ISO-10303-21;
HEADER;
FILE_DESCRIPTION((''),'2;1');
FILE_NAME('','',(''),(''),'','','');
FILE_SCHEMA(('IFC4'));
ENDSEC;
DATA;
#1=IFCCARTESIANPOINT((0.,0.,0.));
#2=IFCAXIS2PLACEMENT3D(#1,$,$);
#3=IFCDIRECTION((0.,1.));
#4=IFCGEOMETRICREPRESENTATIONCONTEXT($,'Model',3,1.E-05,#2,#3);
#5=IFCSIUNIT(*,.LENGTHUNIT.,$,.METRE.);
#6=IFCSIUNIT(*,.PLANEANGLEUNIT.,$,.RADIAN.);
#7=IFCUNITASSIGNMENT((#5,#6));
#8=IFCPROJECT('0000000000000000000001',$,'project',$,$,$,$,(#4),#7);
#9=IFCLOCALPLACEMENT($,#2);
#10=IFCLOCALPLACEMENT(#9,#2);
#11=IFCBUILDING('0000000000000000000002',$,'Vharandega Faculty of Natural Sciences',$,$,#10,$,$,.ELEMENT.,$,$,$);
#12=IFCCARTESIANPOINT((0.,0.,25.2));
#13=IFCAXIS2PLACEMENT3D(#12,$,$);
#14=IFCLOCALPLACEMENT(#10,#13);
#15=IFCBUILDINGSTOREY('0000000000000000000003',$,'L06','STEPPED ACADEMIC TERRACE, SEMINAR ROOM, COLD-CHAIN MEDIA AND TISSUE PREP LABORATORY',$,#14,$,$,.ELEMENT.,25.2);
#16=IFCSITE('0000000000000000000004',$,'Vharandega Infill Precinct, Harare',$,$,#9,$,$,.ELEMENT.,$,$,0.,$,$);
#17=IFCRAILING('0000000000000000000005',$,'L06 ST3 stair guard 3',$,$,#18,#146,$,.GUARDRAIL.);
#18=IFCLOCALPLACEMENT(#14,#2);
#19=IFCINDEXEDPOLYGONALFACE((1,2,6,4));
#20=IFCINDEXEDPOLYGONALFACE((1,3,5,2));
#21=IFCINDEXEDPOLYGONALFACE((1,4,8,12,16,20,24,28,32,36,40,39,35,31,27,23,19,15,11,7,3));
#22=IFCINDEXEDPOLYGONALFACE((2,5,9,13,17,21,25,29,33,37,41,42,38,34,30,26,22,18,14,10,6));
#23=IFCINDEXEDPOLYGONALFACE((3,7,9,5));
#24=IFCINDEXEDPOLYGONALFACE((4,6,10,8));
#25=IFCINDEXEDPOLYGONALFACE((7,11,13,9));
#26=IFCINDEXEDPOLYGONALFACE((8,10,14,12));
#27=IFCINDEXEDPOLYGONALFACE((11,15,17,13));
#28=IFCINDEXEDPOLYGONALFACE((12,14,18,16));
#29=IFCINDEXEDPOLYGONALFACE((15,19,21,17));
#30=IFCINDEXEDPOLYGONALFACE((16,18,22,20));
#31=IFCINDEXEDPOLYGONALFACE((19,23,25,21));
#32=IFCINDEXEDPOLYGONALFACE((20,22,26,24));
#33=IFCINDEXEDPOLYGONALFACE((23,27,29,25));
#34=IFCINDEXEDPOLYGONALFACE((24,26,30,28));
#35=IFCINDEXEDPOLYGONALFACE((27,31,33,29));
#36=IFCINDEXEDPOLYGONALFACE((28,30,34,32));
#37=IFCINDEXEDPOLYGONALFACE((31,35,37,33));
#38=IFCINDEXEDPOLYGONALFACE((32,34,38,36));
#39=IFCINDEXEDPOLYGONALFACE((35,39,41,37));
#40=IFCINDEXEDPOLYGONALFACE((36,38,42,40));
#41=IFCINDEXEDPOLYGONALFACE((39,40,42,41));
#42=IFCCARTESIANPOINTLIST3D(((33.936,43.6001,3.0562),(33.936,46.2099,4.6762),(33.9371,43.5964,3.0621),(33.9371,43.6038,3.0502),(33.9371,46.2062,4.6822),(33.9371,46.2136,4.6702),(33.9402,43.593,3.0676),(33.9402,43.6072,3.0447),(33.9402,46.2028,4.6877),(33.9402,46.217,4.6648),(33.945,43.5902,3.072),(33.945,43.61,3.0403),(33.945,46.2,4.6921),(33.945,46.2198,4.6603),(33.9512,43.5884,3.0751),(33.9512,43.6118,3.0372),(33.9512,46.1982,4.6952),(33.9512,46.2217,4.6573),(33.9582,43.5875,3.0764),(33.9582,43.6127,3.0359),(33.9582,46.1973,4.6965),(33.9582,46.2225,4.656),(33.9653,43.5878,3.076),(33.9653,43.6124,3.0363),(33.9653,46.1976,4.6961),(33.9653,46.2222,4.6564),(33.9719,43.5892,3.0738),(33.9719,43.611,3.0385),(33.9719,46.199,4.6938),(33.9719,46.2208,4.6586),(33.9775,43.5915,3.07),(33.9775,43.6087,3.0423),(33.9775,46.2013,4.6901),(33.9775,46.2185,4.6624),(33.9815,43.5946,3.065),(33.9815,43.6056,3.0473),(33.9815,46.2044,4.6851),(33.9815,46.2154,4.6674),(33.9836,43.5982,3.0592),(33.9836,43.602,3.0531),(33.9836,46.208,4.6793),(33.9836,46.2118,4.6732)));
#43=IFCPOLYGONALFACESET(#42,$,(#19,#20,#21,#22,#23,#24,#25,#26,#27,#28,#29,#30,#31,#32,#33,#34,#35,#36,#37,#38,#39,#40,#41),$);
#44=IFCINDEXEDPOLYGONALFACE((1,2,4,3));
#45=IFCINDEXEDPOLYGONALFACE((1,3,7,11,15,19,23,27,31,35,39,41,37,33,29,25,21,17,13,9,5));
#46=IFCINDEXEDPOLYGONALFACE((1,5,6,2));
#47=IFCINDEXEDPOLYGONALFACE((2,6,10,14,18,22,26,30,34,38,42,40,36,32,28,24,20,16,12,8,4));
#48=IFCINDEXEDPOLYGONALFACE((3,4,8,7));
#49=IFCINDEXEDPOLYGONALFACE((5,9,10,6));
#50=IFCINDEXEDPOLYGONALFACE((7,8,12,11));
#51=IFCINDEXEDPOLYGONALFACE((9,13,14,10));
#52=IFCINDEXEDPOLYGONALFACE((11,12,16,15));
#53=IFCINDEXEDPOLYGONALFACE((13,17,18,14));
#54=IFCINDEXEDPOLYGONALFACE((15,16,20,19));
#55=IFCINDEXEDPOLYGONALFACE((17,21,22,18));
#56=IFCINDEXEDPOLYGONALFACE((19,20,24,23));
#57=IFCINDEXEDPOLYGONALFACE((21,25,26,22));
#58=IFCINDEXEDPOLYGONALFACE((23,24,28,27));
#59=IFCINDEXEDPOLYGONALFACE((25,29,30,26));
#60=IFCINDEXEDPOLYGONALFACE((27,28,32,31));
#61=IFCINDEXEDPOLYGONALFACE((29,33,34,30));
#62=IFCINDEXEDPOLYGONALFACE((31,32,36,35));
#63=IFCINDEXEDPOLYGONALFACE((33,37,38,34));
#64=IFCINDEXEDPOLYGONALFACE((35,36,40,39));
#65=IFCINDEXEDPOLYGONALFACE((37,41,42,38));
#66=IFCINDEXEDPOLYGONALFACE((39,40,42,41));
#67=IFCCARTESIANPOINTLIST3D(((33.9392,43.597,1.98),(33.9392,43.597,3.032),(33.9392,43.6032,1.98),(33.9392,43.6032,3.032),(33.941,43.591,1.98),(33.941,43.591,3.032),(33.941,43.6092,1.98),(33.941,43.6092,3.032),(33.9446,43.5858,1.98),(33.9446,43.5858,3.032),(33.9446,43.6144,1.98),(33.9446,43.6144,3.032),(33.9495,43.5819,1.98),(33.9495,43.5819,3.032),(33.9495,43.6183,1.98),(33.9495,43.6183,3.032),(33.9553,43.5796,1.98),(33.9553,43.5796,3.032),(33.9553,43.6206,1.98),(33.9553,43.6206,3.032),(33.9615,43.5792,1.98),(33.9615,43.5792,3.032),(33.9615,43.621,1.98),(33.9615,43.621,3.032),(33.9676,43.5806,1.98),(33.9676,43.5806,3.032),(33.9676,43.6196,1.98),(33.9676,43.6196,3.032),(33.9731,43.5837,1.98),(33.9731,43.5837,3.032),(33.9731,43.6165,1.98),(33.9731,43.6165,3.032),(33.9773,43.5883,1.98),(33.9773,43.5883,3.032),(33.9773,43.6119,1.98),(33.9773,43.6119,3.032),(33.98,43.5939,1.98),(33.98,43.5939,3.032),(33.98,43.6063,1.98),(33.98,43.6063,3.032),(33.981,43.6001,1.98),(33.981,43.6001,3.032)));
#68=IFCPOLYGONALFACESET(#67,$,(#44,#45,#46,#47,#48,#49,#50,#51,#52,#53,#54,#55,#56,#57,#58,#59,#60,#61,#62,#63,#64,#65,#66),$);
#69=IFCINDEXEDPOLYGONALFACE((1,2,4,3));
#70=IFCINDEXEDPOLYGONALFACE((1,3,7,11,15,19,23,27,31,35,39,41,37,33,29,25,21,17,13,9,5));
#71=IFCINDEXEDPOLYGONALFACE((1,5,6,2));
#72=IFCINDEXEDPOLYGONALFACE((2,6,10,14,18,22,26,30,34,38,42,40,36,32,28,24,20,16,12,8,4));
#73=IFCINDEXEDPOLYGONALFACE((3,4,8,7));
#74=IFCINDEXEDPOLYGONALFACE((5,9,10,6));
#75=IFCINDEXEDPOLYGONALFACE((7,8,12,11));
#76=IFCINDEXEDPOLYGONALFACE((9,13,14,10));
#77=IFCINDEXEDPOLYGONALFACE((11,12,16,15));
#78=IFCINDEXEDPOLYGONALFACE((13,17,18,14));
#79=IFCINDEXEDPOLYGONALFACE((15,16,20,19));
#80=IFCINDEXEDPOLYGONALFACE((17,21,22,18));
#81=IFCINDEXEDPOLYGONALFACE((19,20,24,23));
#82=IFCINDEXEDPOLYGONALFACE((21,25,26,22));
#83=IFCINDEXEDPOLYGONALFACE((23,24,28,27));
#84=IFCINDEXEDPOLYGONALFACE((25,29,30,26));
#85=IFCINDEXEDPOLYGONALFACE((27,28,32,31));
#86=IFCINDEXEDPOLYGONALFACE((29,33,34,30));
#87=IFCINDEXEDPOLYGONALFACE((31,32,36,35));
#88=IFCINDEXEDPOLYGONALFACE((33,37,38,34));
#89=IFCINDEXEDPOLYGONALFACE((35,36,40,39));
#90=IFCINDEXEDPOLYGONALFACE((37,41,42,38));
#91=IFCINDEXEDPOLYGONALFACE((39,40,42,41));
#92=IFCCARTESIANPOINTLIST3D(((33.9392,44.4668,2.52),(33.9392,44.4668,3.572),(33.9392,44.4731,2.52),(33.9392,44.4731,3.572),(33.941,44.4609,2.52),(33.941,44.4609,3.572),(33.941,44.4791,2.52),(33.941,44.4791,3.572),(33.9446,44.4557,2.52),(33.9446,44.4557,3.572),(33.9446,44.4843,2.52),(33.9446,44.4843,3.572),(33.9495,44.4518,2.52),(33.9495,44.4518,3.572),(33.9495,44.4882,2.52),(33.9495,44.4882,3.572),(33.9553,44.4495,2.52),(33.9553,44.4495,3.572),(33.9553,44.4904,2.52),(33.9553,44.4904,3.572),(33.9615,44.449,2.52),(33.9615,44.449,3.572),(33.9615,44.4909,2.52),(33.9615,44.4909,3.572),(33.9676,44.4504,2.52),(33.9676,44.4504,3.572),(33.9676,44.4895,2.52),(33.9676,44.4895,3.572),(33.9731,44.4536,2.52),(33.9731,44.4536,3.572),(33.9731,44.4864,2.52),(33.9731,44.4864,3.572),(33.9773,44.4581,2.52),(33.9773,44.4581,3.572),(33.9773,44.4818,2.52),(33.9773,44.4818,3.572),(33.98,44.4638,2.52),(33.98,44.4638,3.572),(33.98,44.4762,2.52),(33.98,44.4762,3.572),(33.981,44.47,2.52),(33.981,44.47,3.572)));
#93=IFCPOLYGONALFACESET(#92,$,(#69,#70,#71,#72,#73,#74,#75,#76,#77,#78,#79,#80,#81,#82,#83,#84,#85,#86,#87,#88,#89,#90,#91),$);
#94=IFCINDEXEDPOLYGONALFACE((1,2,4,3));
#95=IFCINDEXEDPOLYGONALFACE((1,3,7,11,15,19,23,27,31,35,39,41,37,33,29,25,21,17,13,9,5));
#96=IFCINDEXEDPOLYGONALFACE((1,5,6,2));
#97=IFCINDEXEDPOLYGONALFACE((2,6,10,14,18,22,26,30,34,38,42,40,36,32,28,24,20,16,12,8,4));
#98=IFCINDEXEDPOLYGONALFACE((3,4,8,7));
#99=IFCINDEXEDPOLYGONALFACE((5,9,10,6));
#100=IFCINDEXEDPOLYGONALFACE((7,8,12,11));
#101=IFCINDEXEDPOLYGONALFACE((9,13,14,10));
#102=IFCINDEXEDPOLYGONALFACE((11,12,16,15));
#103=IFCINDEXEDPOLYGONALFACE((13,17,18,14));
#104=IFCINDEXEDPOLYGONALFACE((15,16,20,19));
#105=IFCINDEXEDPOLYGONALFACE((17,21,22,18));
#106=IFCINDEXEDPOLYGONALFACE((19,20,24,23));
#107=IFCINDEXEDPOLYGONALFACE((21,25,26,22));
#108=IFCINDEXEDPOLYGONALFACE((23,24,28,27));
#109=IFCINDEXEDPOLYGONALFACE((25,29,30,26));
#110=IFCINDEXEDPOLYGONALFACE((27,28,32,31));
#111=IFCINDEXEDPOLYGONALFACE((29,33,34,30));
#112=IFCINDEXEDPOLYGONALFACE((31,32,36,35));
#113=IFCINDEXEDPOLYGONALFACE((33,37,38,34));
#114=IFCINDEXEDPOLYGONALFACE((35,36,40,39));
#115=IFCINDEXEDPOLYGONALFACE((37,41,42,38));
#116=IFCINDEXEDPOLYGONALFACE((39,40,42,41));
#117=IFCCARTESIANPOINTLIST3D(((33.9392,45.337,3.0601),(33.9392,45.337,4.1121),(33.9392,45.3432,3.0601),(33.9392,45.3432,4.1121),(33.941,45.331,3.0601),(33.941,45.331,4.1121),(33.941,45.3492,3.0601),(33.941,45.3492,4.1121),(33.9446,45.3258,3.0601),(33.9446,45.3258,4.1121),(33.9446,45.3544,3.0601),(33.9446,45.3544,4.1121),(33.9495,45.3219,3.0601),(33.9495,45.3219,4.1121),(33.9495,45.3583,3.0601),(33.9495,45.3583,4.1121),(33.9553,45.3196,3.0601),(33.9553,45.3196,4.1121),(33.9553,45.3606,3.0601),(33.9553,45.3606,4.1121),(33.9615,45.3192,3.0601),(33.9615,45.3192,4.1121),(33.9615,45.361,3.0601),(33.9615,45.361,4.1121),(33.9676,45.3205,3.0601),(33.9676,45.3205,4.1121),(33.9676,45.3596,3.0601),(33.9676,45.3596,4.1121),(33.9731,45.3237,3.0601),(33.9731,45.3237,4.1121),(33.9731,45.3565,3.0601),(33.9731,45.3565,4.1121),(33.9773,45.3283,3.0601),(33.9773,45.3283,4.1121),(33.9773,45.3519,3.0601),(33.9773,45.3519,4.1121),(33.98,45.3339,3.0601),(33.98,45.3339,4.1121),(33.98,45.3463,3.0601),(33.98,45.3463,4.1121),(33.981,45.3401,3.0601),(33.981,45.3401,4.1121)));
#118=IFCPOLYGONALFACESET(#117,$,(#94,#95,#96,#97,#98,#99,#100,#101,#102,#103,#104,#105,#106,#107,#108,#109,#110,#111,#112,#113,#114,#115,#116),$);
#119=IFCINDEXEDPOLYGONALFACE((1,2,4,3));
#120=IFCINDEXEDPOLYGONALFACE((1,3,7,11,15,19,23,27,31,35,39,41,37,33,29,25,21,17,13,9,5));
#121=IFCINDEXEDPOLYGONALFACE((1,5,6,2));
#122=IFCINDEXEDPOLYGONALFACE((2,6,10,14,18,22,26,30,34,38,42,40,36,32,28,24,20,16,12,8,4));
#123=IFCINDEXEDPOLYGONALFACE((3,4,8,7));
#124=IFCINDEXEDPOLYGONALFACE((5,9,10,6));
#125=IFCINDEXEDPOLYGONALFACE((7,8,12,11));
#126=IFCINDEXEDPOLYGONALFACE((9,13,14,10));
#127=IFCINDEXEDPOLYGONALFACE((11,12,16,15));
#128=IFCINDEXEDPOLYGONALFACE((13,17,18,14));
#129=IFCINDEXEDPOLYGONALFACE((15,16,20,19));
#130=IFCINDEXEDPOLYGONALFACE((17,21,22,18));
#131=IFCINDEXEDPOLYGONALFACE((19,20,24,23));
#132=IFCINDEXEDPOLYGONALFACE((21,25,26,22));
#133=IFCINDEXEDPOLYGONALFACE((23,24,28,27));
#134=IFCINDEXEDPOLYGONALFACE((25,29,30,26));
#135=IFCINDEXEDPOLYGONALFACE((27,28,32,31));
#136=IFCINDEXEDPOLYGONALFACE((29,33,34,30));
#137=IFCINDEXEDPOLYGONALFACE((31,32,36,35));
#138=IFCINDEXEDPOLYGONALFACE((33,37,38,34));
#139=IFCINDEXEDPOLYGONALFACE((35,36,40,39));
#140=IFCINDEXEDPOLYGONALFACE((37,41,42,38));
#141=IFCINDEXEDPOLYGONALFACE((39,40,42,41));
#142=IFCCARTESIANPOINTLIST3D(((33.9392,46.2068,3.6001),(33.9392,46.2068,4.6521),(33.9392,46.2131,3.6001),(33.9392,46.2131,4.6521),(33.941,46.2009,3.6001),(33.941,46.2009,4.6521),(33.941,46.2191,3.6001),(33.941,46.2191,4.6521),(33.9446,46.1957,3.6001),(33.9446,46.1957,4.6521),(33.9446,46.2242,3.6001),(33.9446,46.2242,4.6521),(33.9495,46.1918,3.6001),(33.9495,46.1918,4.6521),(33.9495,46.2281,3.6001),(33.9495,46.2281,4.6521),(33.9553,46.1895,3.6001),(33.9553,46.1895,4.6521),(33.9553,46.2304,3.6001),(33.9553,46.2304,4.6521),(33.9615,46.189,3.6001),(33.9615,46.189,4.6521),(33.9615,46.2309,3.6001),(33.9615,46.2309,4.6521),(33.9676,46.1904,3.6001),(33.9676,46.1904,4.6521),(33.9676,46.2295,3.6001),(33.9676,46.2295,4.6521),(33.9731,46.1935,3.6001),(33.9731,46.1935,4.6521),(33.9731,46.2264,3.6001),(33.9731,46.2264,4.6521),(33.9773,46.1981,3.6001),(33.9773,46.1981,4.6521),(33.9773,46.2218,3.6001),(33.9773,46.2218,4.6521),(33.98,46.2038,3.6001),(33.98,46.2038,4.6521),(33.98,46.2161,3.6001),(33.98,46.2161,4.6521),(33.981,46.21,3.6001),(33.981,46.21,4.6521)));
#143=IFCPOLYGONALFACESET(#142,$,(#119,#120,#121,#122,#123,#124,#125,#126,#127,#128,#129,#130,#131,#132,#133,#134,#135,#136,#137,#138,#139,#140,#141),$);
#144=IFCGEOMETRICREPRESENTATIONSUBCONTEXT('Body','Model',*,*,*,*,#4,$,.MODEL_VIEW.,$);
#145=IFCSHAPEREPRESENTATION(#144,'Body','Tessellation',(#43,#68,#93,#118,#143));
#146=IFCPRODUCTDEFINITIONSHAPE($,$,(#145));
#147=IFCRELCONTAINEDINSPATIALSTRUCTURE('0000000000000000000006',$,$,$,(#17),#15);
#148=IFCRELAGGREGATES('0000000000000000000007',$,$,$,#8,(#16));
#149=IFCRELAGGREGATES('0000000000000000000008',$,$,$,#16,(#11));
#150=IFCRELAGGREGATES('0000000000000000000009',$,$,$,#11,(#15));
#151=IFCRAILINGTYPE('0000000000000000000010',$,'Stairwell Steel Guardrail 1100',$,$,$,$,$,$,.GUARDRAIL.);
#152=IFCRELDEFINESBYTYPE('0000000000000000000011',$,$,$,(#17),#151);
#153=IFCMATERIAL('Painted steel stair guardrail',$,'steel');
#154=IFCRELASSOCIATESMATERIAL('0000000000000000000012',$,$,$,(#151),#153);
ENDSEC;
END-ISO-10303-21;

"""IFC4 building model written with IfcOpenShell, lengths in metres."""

from ifc_helpers import new_model, si_unit, direction, frame, origin, origin_2d, place, context, subcontext, project, spatial, circle, extrude, material, type_object, element, save


model = new_model("IFC4")

# Units and contexts
model_context = context("Model", 3, precision=1e-05, world=origin(), true_north=direction((0.0, 1.0)))
body_context = subcontext(model_context, "Body", "Model", "MODEL_VIEW")
ifc_project = project(units=[si_unit("LENGTHUNIT", "METRE"), si_unit("PLANEANGLEUNIT", "RADIAN")], contexts=[model_context])

# Site, building, storey
site_placement = place(None, origin())
site = spatial("IfcSite", under=ifc_project, at=site_placement, Name="Vharandega Infill Precinct, Harare", CompositionType="ELEMENT", RefElevation=0.0)
building_placement = place(site_placement, origin())
building = spatial("IfcBuilding", under=site, at=building_placement, Name="Vharandega Faculty of Natural Sciences", CompositionType="ELEMENT")
storey_placement = place(building_placement, frame((0.0, 0.0, 25.2)))
storey = spatial("IfcBuildingStorey", under=building, at=storey_placement, Name="L06", Description="STEPPED ACADEMIC TERRACE, SEMINAR ROOM, COLD-CHAIN MEDIA AND TISSUE PREP LABORATORY", CompositionType="ELEMENT", Elevation=25.2)

# Railing
ifc_material_1 = material(Name="Painted steel stair guardrail", Category="steel")
railing_type_1 = type_object("IfcRailingType", Name="Stairwell Steel Guardrail 1100", PredefinedType="GUARDRAIL", material=ifc_material_1)
railing_1_placement = place(storey_placement, frame((33.96, 43.6001, 1.98)))
element("IfcRailing", 1, at=railing_1_placement, inside=storey, type_object=railing_type_1, Name="L06 ST3 stair guard 3", PredefinedType="GUARDRAIL", context=body_context, shape_type="SweptSolid", body=[
    extrude(circle(Radius=0.0239, at=origin_2d()), frame((0.0, 0.0, 1.0762), z_axis=(0.0, 0.849611, 0.52741), x_axis=(-1.0, 0.0, 0.0)), (0.0, 0.0, 1.0), 3.0718),
    extrude(circle(Radius=0.021, at=origin_2d()), origin(), (0.0, 0.0, 1.0), 1.052),
    extrude(circle(Radius=0.021, at=origin_2d()), frame((0.0, 0.8699, 0.54)), (0.0, 0.0, 1.0), 1.052),
    extrude(circle(Radius=0.021, at=origin_2d()), frame((0.0, 1.74, 1.0801)), (0.0, 0.0, 1.0), 1.052),
    extrude(circle(Radius=0.021, at=origin_2d()), frame((0.0, 2.6099, 1.6201)), (0.0, 0.0, 1.0), 1.052),
])

save(model, "model.ifc")
